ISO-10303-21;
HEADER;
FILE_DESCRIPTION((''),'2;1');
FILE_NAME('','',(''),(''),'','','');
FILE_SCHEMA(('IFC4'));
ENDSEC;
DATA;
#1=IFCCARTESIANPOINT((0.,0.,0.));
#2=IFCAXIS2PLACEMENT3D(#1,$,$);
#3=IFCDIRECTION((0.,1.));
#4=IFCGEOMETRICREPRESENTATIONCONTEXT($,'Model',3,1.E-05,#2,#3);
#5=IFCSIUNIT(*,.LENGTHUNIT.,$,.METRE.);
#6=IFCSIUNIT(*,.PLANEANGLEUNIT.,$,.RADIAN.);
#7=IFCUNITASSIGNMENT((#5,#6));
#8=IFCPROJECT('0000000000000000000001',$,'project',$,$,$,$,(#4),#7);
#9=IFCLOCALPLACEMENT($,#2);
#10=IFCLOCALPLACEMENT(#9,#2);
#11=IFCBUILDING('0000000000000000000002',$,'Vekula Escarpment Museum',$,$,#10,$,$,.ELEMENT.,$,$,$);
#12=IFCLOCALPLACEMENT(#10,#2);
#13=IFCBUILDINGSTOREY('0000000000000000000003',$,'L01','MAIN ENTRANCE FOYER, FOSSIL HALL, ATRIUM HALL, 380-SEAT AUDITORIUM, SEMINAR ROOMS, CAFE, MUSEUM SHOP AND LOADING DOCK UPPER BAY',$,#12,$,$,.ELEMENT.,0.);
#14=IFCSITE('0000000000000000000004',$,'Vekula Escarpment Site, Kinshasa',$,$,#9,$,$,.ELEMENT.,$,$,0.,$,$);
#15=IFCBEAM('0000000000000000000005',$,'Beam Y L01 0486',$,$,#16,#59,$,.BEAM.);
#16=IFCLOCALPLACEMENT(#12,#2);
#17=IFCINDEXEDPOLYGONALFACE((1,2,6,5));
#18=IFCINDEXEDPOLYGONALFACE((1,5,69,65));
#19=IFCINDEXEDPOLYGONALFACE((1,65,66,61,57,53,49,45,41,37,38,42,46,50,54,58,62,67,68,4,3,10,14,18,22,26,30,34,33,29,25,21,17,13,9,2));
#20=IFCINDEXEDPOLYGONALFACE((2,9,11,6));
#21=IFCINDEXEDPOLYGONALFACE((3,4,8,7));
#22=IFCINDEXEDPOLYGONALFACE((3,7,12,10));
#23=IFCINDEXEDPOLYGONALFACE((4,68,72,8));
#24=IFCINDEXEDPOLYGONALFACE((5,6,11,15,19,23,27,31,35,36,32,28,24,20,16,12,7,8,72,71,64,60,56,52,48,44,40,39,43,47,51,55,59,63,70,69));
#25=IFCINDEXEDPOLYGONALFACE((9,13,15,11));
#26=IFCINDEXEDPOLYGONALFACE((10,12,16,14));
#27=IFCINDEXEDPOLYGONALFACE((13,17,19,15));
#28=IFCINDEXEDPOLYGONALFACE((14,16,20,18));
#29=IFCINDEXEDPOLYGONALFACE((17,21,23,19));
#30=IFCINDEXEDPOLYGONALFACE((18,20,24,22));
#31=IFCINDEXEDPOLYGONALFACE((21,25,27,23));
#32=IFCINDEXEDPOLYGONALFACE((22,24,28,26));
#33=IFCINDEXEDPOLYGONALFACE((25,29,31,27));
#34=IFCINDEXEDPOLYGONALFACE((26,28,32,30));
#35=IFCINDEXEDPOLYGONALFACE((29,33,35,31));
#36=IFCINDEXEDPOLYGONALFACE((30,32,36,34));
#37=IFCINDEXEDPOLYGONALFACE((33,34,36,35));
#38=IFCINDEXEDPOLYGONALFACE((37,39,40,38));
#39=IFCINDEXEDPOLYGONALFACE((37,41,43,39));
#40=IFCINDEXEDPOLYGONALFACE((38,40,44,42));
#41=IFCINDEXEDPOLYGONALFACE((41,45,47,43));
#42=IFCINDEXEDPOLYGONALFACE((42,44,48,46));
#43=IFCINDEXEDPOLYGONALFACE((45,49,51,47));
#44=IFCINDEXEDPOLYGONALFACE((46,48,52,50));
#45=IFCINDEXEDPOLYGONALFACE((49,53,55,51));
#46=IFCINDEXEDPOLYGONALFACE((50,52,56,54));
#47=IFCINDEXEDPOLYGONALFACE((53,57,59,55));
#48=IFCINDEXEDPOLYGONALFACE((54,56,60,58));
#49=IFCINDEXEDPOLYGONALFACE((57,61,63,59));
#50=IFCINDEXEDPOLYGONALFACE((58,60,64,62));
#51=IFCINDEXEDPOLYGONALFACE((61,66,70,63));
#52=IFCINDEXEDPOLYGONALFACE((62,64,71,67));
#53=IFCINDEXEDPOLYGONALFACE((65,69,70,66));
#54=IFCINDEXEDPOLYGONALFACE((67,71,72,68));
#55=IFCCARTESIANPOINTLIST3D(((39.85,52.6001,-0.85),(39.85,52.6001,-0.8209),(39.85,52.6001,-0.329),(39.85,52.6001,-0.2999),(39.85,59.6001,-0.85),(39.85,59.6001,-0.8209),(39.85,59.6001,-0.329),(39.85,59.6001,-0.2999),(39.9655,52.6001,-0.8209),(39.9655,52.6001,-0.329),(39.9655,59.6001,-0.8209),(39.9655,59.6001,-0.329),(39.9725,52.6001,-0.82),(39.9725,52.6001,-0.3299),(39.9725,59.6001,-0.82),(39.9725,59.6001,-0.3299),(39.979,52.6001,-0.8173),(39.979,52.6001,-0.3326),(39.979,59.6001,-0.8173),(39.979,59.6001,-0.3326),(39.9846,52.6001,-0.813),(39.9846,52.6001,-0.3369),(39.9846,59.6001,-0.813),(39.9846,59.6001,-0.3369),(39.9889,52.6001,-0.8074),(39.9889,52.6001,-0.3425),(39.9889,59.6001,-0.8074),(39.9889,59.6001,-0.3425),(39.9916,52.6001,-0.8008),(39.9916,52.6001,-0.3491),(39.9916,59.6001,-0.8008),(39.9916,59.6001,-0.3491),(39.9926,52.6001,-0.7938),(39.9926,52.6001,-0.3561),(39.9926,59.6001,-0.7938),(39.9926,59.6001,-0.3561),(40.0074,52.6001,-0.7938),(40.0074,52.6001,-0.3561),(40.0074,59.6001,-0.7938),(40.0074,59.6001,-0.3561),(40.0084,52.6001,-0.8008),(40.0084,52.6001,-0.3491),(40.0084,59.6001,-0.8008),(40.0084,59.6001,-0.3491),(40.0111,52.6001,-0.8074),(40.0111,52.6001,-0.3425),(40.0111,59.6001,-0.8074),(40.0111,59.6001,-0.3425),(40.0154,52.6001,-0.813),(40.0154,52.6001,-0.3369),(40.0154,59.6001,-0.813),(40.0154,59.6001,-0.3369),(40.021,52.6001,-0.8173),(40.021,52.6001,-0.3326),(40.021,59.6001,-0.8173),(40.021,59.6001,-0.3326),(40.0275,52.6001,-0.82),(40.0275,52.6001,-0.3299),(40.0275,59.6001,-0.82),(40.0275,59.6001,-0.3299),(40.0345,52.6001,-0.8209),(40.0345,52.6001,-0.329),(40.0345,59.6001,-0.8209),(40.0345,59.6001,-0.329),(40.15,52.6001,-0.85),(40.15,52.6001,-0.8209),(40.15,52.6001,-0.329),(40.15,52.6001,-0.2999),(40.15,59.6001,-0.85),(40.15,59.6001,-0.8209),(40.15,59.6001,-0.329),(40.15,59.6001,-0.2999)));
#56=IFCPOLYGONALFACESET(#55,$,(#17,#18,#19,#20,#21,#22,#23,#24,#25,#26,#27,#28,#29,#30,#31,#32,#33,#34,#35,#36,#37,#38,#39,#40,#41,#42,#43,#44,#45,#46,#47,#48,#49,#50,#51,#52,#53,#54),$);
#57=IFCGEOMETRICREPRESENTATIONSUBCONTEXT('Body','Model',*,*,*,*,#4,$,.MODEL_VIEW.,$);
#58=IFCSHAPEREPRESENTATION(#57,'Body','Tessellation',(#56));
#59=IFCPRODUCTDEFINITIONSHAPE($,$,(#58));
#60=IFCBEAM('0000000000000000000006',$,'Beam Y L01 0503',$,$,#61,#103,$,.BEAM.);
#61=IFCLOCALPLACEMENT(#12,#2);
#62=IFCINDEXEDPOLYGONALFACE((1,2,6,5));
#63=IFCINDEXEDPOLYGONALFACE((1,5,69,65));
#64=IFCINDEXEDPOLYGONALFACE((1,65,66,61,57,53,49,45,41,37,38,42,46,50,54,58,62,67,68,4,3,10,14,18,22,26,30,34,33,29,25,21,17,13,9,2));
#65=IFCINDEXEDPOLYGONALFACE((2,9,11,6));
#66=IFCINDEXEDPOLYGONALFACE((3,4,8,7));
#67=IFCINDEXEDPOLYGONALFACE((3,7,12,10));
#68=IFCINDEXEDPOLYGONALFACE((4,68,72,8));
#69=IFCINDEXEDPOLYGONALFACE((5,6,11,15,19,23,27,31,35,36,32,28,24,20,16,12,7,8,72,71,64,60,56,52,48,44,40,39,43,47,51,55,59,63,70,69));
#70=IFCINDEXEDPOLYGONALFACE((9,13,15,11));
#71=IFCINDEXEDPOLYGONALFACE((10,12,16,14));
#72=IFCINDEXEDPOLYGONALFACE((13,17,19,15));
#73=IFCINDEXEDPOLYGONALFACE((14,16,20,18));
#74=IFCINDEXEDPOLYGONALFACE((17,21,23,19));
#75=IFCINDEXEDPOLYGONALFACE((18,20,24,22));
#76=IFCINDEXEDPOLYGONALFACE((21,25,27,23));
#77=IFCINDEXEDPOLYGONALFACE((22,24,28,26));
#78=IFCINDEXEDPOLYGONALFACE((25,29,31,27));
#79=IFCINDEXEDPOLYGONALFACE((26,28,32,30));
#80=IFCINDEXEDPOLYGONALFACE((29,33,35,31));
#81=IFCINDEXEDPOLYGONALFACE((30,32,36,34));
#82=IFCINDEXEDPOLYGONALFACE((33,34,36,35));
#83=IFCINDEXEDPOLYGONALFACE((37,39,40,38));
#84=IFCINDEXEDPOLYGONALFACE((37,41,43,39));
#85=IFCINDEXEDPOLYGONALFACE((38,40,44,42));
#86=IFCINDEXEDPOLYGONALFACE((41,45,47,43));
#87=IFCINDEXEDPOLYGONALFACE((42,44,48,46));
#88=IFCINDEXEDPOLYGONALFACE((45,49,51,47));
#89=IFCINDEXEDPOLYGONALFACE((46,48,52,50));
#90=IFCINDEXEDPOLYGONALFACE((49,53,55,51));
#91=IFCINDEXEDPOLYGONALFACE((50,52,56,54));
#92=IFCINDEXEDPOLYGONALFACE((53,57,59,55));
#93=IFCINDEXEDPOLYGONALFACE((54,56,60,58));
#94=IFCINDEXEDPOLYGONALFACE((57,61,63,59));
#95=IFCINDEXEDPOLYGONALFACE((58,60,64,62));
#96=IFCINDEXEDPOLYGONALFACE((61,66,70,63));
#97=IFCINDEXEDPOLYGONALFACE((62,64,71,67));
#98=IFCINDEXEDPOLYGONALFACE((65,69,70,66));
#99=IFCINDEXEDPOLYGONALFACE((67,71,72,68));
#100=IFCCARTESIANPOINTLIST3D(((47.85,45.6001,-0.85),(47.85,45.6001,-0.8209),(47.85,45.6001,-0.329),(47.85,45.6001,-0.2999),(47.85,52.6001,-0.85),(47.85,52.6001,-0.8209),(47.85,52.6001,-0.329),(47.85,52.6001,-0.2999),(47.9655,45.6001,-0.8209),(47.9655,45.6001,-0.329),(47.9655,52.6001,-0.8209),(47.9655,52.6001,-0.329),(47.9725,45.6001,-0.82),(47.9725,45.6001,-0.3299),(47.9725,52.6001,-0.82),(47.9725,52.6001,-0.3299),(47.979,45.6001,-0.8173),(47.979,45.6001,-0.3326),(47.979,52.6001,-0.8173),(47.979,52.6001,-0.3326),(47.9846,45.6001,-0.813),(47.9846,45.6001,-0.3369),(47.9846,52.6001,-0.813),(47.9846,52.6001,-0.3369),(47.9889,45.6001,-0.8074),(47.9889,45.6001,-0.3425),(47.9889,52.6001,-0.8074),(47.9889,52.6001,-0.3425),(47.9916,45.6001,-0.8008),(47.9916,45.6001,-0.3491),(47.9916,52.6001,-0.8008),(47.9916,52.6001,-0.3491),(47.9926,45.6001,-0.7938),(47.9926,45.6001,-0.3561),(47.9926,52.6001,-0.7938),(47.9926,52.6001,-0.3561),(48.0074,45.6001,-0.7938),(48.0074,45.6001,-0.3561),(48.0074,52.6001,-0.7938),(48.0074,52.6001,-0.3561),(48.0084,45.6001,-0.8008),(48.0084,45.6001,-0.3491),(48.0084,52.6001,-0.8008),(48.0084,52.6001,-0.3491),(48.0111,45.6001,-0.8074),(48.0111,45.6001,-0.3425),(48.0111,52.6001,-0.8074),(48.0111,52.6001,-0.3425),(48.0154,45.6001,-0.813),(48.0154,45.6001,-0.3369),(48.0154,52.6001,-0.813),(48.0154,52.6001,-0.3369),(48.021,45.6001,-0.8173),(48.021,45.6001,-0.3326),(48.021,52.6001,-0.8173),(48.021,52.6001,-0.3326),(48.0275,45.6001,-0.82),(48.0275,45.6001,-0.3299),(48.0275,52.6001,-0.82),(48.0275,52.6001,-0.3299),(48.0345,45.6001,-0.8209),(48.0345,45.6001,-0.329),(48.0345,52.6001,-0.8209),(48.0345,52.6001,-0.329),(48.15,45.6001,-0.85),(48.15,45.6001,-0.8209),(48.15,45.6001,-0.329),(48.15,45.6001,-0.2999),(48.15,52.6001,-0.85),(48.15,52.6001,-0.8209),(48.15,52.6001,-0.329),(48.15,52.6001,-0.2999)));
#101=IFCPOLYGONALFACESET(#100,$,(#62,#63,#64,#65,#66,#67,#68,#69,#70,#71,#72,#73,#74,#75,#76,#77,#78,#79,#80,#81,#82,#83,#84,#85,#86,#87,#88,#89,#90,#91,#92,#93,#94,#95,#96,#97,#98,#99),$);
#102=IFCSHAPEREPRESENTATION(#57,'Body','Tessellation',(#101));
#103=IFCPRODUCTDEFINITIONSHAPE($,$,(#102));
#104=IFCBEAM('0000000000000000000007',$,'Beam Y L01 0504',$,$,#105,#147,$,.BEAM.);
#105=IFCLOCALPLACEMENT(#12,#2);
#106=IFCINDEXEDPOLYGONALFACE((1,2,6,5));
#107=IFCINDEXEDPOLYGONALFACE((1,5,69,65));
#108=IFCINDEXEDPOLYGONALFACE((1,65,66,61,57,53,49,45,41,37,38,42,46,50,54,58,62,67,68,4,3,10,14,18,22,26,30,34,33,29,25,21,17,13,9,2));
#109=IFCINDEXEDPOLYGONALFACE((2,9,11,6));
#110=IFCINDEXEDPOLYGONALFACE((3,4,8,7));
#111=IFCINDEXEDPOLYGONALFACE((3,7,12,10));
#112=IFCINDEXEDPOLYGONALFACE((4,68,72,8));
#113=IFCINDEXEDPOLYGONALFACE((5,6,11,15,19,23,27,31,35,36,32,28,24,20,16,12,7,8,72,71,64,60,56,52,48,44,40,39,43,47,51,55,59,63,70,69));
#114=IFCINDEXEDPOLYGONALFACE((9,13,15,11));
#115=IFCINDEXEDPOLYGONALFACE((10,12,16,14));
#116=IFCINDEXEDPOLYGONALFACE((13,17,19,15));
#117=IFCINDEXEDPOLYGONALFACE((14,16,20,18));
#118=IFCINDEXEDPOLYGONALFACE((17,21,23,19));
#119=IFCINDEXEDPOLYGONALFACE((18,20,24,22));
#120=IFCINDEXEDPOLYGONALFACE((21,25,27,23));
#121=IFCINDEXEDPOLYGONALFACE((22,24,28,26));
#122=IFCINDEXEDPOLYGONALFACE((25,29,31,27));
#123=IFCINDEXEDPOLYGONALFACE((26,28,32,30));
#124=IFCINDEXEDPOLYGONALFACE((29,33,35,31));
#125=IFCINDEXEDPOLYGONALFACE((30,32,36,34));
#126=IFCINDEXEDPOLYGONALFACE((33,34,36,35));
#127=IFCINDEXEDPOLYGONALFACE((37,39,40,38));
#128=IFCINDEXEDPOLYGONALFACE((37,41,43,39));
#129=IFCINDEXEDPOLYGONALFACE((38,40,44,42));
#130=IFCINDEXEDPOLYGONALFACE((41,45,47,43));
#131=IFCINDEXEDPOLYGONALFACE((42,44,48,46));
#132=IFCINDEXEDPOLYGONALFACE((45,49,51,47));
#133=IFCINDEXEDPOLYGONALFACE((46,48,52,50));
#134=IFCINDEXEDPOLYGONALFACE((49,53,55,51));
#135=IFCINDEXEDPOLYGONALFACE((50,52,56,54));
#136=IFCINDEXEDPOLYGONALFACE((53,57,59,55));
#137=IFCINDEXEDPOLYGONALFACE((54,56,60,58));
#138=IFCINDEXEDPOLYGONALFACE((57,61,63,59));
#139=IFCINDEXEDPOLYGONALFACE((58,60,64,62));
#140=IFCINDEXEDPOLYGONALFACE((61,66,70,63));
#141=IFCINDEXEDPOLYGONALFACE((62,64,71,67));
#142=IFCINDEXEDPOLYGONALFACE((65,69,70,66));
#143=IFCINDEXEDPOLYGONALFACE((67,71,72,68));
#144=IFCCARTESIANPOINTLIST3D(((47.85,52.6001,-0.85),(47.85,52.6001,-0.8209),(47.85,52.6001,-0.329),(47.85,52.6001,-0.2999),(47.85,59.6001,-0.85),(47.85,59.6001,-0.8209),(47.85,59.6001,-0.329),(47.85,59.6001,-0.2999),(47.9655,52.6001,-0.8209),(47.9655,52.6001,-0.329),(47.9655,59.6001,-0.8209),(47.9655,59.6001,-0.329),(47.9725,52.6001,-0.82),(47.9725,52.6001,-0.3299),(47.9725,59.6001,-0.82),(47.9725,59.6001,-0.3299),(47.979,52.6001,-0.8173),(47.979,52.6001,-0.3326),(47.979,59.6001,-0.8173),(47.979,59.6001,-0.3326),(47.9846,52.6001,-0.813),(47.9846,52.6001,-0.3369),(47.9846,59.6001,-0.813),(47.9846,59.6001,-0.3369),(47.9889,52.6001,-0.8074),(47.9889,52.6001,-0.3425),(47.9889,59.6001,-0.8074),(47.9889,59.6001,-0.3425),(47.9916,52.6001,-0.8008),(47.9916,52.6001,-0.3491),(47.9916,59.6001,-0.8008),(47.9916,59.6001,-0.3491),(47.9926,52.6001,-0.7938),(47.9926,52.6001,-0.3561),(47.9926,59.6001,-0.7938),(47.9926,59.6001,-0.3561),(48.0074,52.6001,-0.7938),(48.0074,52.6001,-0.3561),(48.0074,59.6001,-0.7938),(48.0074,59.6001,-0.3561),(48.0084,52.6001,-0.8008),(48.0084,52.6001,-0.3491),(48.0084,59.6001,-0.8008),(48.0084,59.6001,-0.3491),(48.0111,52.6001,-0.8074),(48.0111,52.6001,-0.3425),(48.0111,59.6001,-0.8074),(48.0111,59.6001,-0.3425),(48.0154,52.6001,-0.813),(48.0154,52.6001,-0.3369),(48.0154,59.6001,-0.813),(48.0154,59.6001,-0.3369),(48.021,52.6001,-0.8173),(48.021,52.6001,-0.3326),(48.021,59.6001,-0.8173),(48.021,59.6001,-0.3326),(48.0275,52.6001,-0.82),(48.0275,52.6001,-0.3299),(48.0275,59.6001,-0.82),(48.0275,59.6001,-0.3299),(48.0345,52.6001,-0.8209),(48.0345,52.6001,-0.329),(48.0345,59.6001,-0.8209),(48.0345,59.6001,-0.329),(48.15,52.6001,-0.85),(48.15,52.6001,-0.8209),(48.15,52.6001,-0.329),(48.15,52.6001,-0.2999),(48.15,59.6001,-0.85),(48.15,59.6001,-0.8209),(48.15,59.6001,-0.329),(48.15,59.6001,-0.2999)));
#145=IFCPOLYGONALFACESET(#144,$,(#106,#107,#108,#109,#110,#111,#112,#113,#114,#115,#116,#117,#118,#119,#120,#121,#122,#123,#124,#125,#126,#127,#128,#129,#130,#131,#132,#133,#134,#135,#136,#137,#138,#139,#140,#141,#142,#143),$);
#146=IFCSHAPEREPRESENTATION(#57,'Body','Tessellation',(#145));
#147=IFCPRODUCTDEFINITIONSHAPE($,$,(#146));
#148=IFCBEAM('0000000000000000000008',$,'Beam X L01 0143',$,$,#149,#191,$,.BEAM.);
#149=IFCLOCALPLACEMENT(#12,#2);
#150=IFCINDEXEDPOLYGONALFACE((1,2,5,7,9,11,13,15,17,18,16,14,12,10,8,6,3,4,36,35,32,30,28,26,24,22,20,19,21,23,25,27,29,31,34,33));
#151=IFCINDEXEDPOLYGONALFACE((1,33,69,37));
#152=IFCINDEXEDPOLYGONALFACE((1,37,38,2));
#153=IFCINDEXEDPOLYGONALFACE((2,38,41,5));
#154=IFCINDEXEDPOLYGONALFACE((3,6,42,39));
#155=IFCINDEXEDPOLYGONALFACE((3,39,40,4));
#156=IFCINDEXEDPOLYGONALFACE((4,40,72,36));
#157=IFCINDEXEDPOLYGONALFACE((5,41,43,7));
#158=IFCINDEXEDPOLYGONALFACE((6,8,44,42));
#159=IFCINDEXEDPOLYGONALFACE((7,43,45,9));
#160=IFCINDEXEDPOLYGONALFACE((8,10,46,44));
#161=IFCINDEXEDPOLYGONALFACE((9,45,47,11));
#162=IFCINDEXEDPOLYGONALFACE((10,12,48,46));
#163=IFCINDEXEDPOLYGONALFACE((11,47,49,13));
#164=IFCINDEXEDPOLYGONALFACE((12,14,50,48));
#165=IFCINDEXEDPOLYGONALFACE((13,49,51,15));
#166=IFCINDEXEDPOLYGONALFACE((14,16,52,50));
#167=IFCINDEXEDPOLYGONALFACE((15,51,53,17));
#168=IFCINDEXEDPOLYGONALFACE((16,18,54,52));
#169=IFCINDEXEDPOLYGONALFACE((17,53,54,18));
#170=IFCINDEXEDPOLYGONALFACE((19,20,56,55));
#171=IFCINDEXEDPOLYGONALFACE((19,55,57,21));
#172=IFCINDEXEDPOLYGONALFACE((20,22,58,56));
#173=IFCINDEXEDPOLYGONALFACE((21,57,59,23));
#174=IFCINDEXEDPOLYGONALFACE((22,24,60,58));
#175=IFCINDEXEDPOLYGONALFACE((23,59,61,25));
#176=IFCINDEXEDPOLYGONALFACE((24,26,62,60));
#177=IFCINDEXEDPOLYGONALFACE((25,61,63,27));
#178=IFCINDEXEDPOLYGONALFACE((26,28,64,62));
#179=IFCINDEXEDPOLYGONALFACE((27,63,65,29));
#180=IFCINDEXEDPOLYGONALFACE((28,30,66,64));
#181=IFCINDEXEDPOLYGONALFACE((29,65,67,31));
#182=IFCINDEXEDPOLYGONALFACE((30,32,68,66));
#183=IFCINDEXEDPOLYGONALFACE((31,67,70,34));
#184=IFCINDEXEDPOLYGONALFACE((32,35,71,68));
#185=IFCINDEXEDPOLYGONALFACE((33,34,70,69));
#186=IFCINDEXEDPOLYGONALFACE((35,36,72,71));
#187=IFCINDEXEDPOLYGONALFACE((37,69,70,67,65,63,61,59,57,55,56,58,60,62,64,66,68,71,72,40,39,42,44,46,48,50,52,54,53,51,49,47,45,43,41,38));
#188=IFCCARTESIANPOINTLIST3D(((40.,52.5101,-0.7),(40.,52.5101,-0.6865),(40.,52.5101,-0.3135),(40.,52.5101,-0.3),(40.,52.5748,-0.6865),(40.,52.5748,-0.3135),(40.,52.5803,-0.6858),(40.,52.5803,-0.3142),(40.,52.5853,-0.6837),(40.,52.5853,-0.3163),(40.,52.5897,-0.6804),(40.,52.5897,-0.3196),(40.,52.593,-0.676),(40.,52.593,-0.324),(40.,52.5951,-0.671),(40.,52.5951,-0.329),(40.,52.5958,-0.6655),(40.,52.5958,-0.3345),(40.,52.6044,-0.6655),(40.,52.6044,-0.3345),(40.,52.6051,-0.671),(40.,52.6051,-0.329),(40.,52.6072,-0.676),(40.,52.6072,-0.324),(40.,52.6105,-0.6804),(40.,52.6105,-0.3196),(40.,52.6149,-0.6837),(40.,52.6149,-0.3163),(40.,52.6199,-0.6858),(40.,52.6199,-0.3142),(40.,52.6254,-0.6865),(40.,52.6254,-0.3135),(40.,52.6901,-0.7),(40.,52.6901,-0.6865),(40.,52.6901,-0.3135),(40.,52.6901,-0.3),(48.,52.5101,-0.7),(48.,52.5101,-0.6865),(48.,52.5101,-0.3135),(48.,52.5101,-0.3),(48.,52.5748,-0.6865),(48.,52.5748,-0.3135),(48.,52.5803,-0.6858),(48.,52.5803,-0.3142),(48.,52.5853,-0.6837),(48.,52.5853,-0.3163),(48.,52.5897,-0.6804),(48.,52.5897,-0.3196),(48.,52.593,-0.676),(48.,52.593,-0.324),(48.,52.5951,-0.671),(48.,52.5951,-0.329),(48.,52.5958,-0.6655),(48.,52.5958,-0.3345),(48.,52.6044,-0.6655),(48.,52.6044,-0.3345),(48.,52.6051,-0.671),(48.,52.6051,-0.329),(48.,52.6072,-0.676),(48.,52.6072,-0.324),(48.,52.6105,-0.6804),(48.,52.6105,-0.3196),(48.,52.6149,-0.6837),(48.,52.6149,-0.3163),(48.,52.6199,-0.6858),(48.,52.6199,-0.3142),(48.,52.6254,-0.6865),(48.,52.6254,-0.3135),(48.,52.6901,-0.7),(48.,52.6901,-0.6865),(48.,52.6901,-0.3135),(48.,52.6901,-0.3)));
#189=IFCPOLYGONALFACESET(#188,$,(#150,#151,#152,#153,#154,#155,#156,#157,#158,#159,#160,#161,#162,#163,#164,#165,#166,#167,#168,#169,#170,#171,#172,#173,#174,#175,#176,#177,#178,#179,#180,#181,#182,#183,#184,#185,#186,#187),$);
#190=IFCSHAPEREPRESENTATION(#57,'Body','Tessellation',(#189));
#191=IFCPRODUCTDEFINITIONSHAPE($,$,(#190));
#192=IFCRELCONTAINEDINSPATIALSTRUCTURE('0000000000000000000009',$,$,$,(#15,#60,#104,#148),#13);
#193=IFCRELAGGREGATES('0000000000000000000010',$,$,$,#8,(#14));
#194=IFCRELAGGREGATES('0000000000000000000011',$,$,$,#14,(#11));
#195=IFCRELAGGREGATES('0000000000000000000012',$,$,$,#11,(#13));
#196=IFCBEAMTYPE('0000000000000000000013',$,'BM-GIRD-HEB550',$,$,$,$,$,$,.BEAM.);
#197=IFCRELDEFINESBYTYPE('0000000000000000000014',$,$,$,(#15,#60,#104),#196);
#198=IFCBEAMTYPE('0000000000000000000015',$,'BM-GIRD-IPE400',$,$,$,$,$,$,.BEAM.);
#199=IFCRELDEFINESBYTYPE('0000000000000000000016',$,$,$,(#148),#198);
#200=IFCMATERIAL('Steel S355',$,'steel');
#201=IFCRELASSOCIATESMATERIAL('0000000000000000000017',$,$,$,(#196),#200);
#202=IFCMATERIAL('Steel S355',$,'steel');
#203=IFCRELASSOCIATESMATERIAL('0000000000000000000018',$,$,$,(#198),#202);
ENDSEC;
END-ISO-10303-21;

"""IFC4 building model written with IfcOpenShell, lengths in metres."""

from ifc_helpers import new_model, si_unit, direction, frame, origin, origin_2d, place, context, subcontext, project, spatial, i_section, extrude, material, material_profile, profile_set, type_object, element, save


model = new_model("IFC4")

# Units and contexts
model_context = context("Model", 3, precision=1e-05, world=origin(), true_north=direction((0.0, 1.0)))
body_context = subcontext(model_context, "Body", "Model", "MODEL_VIEW")
ifc_project = project(units=[si_unit("LENGTHUNIT", "METRE"), si_unit("PLANEANGLEUNIT", "RADIAN")], contexts=[model_context])

# Site, building, storey
site_placement = place(None, origin())
site = spatial("IfcSite", under=ifc_project, at=site_placement, Name="Vekula Escarpment Site, Kinshasa", CompositionType="ELEMENT", RefElevation=0.0)
building_placement = place(site_placement, origin())
building = spatial("IfcBuilding", under=site, at=building_placement, Name="Vekula Escarpment Museum", CompositionType="ELEMENT")
storey_placement = place(building_placement, origin())
storey = spatial("IfcBuildingStorey", under=building, at=storey_placement, Name="L01", Description="MAIN ENTRANCE FOYER, FOSSIL HALL, ATRIUM HALL, 380-SEAT AUDITORIUM, SEMINAR ROOMS, CAFE, MUSEUM SHOP AND LOADING DOCK UPPER BAY", CompositionType="ELEMENT", Elevation=0.0)

# Beams
ifc_material_1 = material(Name="Steel S355", Category="steel")
ifc_material_profile_1 = material_profile(ifc_material_1, i_section(OverallWidth=0.3, OverallDepth=0.55, WebThickness=0.0149, FlangeThickness=0.0291, FilletRadius=0.0271, at=origin_2d()), Name="HEB 550")
ifc_profile_set_1 = profile_set([ifc_material_profile_1], Name="Steel S355")
beam_type_1 = type_object("IfcBeamType", Name="BM-GIRD-HEB550", PredefinedType="BEAM", material=ifc_profile_set_1)
for number, where, z_axis, x_axis, name in (
    (1, (40.0, 52.6001, -0.575), (0.0, 1.0, 0.0), (-1.0, 0.0, 0.0), "Beam Y L01 0486"),
    (2, (48.0, 45.6001, -0.575), (0.0, 1.0, 0.0), (-1.0, 0.0, 0.0), "Beam Y L01 0503"),
    (3, (48.0, 52.6001, -0.575), (0.0, 1.0, 0.0), (-1.0, 0.0, 0.0), "Beam Y L01 0504"),
):
    element("IfcBeam", number, at=place(storey_placement, frame(where, z_axis=z_axis, x_axis=x_axis)), inside=storey, type_object=beam_type_1, Name=name, PredefinedType="BEAM", context=body_context, shape_type="SweptSolid", body=[
        extrude(i_section(OverallWidth=0.3, OverallDepth=0.55, WebThickness=0.0149, FlangeThickness=0.0291, FilletRadius=0.0271, at=origin_2d()), origin(), (0.0, 0.0, 1.0), 7.0),
    ])
ifc_material_2 = material(Name="Steel S355", Category="steel")
ifc_material_profile_2 = material_profile(ifc_material_2, i_section(OverallWidth=0.1799, OverallDepth=0.3999, WebThickness=0.0085, FlangeThickness=0.0134, FilletRadius=0.021, at=origin_2d()), Name="IPE 400")
ifc_profile_set_2 = profile_set([ifc_material_profile_2], Name="Steel S355")
beam_type_2 = type_object("IfcBeamType", Name="BM-GIRD-IPE400", PredefinedType="BEAM", material=ifc_profile_set_2)
beam_1_placement = place(storey_placement, frame((40.0, 52.6001, -0.5), z_axis=(1.0, 0.0, 0.0), x_axis=(0.0, 1.0, 0.0)))
element("IfcBeam", 4, at=beam_1_placement, inside=storey, type_object=beam_type_2, Name="Beam X L01 0143", PredefinedType="BEAM", context=body_context, shape_type="SweptSolid", body=[
    extrude(i_section(OverallWidth=0.1799, OverallDepth=0.3999, WebThickness=0.0085, FlangeThickness=0.0134, FilletRadius=0.021, at=origin_2d()), origin(), (0.0, 0.0, 1.0), 8.0),
])

save(model, "model.ifc")
